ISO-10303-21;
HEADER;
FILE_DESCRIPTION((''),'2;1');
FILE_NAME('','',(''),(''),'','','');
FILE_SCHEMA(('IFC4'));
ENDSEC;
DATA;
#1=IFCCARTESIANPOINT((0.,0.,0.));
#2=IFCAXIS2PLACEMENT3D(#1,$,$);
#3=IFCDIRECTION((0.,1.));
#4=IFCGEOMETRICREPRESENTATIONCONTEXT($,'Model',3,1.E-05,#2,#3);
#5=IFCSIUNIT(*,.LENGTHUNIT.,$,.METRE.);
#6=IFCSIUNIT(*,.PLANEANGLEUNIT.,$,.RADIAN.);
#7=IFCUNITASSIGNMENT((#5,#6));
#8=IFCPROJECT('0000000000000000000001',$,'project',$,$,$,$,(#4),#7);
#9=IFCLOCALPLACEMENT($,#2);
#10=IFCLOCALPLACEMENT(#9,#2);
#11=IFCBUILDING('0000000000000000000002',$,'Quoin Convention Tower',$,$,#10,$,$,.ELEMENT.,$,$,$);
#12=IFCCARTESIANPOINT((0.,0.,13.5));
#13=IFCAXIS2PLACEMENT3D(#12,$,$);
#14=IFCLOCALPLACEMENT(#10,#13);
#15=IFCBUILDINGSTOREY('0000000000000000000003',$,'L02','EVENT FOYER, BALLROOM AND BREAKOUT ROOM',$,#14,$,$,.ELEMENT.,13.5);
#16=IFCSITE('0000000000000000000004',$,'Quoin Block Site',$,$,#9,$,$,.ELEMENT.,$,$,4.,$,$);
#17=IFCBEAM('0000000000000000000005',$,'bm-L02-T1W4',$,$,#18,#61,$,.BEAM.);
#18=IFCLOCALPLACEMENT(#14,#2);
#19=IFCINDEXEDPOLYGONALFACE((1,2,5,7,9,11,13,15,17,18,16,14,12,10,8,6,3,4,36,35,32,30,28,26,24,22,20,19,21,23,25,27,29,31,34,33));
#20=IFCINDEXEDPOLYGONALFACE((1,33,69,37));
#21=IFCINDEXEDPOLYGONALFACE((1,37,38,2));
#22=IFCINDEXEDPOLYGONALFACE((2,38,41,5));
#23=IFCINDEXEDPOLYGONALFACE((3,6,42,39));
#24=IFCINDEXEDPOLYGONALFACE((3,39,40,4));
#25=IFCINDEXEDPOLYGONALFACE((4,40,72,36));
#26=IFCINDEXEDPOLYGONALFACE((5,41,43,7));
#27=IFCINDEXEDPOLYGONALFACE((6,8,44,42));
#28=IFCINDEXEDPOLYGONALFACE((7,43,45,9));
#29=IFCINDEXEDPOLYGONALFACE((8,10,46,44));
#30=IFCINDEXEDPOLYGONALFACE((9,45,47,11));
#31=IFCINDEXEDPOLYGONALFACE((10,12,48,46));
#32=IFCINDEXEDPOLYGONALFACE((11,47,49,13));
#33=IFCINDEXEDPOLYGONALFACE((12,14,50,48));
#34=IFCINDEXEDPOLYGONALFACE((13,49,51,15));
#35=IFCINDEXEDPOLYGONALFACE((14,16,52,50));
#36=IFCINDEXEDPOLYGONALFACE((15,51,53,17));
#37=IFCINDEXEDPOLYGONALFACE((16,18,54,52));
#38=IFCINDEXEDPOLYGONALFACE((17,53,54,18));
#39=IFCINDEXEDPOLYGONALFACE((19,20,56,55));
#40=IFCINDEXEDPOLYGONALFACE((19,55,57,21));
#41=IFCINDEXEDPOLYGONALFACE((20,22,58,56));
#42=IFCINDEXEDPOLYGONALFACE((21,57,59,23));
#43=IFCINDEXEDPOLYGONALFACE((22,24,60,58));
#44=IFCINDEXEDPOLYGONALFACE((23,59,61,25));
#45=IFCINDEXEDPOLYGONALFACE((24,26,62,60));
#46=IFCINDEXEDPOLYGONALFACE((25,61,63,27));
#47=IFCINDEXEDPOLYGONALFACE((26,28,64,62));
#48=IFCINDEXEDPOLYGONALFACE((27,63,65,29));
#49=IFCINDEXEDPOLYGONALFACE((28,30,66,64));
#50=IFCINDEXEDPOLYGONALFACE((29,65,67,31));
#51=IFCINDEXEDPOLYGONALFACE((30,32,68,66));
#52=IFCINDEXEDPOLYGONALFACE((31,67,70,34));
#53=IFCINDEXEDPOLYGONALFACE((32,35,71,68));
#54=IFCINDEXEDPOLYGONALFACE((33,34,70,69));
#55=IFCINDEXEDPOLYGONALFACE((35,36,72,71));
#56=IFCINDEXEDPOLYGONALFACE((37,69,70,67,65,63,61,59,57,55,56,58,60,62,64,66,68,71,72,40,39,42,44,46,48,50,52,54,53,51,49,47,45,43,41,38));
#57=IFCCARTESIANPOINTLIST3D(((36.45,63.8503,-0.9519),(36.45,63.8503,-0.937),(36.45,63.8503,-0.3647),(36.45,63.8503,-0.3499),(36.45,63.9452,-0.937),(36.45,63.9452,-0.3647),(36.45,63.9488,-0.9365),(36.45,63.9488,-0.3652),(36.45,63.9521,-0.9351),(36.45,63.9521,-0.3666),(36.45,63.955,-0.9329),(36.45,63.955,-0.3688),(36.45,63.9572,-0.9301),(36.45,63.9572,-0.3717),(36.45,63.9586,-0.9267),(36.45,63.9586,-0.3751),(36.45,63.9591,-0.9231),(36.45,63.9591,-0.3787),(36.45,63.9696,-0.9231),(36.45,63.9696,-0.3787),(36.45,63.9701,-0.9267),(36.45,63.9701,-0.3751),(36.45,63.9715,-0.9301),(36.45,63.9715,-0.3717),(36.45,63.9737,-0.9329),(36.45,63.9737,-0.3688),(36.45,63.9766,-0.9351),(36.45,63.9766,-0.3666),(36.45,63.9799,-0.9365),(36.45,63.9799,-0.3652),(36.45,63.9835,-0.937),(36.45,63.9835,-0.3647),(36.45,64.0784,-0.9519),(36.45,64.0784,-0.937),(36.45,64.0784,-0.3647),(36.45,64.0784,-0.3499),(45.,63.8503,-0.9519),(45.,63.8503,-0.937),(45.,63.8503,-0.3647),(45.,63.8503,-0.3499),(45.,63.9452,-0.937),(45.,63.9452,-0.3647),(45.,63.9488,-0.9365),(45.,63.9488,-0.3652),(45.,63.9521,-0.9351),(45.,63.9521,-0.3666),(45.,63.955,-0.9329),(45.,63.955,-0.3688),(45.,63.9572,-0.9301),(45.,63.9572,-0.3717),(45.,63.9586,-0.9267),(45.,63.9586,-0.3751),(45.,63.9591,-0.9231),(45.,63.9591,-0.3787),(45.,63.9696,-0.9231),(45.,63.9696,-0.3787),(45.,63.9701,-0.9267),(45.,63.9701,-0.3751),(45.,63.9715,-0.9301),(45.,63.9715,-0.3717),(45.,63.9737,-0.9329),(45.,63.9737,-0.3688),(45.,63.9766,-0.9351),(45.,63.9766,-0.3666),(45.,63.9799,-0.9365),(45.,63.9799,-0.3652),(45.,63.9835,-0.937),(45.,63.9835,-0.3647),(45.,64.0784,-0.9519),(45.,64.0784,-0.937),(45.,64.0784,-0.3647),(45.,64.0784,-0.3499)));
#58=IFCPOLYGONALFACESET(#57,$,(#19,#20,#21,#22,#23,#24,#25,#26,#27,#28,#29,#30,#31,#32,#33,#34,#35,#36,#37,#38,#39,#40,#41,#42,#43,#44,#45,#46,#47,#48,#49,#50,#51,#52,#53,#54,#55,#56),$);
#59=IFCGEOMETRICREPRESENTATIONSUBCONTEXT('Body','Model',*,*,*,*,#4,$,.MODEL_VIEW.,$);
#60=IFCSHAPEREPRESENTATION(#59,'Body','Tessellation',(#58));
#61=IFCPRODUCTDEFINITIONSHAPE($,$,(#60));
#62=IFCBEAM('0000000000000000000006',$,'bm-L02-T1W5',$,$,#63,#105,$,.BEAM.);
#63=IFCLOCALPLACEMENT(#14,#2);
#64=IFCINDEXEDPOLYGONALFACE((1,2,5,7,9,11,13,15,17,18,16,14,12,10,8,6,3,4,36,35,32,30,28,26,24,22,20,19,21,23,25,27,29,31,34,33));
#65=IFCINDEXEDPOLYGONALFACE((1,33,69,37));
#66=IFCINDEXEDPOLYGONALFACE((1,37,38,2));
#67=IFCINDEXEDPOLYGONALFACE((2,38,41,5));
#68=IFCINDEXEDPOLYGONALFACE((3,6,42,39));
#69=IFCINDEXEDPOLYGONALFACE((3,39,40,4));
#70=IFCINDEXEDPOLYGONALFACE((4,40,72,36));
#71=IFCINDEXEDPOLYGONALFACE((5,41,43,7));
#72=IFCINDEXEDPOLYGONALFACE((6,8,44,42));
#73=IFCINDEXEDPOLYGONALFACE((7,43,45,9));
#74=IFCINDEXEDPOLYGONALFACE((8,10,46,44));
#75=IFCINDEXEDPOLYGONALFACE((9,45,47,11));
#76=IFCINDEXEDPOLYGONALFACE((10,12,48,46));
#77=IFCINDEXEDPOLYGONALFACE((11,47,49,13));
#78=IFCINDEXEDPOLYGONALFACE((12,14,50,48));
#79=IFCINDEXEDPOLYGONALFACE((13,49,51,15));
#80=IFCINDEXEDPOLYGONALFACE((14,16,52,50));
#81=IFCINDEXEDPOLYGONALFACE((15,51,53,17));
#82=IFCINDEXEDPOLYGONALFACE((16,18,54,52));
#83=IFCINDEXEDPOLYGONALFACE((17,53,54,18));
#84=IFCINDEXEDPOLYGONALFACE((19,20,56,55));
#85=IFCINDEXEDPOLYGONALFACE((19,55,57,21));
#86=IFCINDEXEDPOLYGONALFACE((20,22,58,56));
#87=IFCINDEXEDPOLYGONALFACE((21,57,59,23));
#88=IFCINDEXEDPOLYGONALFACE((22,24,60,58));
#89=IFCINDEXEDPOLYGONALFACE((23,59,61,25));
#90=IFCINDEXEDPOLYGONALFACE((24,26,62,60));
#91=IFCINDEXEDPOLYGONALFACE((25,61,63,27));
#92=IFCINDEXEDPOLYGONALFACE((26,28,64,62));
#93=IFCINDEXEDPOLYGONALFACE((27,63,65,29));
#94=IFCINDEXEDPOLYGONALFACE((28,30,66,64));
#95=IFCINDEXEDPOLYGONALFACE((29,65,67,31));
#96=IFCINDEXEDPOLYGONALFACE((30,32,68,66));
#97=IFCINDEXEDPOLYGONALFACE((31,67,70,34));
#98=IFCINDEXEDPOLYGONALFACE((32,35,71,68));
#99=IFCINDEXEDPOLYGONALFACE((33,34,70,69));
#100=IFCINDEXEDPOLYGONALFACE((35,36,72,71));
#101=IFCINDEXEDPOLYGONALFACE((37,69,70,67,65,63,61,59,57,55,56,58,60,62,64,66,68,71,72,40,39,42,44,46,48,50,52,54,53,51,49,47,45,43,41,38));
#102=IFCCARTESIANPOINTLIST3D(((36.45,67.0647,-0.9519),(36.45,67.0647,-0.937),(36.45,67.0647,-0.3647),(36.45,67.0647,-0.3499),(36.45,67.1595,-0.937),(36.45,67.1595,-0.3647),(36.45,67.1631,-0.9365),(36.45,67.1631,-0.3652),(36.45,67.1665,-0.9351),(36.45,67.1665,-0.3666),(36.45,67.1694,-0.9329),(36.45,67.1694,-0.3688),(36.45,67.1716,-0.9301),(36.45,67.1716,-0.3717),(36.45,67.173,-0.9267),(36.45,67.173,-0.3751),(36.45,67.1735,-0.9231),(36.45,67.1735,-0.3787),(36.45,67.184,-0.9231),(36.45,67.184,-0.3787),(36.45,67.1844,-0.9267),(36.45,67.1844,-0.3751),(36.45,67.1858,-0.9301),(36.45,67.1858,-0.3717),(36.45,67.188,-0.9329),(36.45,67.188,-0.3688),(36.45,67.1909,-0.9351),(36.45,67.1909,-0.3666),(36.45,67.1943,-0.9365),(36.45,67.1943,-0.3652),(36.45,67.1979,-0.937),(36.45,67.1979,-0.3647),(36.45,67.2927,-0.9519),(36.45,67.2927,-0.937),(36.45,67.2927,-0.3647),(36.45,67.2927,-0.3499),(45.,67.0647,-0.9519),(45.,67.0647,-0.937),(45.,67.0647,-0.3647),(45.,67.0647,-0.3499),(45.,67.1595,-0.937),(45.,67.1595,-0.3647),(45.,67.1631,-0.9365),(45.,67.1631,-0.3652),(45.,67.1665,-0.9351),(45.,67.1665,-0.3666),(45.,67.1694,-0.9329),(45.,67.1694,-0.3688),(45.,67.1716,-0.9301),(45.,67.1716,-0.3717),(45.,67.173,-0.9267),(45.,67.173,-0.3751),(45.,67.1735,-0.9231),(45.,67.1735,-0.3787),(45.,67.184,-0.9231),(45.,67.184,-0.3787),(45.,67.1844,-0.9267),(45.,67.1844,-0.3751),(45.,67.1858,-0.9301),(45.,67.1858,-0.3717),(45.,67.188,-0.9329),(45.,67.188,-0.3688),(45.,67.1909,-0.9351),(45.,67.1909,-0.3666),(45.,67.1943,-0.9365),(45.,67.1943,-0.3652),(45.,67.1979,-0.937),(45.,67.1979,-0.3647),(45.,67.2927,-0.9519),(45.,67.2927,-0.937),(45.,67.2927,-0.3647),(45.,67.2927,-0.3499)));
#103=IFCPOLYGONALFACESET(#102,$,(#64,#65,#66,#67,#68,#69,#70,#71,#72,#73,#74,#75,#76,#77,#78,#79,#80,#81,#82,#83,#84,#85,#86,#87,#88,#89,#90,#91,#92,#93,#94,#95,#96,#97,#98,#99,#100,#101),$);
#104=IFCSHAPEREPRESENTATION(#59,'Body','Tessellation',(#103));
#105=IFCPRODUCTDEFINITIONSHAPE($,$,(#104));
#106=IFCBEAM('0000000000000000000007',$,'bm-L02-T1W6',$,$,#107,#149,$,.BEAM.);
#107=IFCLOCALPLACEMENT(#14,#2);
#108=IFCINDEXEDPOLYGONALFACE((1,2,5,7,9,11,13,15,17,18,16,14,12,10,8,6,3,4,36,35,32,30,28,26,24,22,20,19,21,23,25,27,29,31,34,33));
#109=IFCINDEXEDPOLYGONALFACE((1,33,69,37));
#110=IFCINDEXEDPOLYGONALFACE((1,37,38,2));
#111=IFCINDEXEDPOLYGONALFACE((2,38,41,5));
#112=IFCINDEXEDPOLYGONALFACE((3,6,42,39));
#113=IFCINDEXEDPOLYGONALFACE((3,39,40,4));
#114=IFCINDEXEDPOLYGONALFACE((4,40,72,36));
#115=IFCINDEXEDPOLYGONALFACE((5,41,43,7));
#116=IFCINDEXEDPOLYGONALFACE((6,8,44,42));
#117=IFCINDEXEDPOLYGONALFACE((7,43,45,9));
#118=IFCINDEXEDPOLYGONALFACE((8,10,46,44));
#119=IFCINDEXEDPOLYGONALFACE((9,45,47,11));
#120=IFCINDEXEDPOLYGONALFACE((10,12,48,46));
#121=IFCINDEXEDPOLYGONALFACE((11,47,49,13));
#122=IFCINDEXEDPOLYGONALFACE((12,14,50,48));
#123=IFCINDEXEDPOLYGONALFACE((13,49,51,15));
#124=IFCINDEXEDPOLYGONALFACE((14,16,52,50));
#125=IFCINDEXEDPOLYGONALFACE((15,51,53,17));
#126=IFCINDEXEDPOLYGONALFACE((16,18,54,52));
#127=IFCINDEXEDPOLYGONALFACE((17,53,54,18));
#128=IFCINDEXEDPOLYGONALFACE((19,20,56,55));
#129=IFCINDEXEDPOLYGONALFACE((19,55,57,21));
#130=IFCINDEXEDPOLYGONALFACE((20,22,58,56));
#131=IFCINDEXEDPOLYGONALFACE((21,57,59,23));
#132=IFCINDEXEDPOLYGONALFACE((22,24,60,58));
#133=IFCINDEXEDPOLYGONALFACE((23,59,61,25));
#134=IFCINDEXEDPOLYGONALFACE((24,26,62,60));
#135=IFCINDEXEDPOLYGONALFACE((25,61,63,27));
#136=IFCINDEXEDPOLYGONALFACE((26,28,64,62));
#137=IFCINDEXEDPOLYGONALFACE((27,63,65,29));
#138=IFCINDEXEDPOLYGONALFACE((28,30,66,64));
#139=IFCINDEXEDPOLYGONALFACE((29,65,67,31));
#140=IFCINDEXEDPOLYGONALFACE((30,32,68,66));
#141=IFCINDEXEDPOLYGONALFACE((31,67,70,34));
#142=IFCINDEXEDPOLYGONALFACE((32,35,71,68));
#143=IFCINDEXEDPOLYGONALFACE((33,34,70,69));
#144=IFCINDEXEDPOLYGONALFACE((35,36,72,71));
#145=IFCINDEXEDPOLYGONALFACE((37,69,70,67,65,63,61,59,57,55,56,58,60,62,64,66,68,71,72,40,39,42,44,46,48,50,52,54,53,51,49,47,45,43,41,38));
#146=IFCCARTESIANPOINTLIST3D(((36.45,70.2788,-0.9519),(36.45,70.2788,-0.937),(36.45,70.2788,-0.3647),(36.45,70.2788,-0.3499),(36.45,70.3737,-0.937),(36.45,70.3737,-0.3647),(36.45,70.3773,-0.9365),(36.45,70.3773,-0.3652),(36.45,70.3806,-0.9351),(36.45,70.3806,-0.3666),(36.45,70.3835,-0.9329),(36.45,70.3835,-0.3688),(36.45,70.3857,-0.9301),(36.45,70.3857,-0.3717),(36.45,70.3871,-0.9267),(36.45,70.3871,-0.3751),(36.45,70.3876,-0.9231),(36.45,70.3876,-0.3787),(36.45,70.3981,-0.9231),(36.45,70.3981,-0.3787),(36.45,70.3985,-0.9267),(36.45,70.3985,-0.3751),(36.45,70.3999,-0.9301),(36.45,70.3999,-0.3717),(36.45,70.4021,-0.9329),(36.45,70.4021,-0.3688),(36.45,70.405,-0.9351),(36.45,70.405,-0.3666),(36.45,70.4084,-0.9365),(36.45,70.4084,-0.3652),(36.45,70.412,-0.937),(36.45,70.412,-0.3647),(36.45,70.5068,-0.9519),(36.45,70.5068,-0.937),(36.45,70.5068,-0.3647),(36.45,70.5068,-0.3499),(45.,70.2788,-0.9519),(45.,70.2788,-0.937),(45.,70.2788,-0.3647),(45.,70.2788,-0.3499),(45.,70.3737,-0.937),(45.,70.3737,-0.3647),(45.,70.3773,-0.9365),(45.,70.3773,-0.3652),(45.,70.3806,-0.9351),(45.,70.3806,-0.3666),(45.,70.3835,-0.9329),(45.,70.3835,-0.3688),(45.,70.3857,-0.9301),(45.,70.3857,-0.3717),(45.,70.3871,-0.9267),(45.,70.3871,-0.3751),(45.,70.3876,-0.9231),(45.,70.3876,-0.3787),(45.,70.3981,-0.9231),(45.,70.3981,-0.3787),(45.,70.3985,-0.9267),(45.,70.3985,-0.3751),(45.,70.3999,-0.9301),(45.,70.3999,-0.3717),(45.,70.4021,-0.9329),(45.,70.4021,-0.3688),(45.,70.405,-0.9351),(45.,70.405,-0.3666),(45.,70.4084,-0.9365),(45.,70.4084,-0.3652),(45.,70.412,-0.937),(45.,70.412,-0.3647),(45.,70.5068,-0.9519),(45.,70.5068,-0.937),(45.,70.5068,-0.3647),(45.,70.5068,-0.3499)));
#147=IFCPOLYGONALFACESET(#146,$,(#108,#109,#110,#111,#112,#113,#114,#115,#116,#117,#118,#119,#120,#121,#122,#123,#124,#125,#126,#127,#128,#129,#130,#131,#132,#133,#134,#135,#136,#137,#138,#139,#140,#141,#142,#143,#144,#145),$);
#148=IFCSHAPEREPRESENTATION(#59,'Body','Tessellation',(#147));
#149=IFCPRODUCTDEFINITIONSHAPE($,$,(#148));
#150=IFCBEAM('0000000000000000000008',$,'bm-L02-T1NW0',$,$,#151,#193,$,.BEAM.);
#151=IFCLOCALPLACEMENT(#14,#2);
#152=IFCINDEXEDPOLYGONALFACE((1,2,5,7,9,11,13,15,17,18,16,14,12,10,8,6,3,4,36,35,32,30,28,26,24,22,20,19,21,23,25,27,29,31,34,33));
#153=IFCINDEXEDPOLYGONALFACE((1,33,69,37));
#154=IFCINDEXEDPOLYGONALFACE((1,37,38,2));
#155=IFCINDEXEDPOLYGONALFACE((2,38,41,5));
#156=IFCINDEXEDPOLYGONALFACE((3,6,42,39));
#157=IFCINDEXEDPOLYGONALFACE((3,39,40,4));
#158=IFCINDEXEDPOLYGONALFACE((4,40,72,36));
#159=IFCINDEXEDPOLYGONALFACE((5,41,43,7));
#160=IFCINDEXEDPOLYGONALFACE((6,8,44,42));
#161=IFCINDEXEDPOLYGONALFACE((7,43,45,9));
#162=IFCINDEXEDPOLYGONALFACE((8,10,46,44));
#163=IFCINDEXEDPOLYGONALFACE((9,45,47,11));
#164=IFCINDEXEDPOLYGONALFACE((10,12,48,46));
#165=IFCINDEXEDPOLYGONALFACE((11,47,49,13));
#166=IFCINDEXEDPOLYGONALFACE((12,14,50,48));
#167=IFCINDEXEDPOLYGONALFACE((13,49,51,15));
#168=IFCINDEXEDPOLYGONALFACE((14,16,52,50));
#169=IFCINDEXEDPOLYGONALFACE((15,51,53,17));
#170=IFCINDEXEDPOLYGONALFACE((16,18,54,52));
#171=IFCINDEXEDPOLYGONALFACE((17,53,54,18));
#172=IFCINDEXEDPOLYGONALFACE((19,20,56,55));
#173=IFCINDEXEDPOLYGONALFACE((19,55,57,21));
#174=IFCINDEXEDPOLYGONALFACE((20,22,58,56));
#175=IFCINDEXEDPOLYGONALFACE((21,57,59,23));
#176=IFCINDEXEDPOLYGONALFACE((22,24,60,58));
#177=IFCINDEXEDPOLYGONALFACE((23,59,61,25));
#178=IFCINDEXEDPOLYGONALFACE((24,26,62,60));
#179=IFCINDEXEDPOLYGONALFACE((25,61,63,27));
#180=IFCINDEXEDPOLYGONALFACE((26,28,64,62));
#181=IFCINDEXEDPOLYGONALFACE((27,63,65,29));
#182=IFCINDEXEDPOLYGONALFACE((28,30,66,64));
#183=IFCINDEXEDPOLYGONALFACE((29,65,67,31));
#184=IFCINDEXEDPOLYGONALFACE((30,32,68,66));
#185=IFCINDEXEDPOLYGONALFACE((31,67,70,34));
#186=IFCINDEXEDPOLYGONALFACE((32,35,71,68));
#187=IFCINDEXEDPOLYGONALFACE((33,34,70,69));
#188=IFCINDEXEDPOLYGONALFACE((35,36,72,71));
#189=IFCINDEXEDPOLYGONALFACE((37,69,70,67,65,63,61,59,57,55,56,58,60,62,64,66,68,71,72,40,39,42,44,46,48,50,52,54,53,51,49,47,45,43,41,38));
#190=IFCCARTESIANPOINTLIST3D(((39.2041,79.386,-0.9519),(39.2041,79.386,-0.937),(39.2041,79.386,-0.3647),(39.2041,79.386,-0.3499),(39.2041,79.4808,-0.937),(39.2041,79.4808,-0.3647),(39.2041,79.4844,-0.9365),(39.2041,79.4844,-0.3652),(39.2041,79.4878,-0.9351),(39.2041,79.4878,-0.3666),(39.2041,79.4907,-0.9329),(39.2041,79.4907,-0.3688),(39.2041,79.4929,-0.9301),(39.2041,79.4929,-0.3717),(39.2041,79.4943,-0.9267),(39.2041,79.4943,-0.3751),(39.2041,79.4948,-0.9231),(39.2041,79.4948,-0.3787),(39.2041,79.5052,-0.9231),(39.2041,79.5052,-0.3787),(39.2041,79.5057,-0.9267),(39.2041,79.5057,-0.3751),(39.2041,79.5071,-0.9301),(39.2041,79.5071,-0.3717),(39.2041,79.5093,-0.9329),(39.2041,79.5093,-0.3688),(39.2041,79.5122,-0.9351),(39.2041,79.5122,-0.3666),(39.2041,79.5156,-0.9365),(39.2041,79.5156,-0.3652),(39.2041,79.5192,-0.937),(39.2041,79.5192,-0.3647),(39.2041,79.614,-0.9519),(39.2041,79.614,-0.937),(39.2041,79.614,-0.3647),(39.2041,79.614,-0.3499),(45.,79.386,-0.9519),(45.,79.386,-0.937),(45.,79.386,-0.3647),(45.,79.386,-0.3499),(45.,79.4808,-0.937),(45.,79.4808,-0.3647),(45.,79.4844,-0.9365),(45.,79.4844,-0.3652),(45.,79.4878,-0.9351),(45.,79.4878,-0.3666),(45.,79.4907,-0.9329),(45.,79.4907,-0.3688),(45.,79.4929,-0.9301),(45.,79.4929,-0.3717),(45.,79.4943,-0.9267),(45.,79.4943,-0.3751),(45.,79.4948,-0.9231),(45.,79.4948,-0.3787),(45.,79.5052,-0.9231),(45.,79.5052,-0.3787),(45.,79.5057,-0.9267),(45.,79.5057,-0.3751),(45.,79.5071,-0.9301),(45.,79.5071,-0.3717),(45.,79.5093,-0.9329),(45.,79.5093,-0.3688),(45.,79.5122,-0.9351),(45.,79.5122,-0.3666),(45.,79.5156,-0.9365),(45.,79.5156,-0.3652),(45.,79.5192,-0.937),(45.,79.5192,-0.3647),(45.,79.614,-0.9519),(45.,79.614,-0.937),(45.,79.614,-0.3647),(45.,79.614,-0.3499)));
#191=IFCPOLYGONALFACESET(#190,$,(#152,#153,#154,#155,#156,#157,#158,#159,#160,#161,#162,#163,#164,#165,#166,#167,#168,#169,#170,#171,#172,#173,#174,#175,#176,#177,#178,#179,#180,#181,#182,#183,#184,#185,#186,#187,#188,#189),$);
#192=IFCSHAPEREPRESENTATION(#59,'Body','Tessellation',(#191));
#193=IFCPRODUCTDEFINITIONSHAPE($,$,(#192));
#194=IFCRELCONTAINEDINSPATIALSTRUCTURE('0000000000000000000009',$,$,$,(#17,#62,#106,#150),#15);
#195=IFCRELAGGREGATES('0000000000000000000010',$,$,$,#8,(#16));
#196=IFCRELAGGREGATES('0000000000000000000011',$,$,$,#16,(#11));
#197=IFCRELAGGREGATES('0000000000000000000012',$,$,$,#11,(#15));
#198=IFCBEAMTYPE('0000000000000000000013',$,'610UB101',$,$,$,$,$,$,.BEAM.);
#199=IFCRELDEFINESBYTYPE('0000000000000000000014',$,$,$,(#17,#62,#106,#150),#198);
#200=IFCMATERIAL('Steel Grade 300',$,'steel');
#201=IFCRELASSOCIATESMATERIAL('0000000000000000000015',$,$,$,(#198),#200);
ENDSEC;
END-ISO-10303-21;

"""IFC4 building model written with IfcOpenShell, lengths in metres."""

from ifc_helpers import new_model, si_unit, direction, frame, origin, origin_2d, place, context, subcontext, project, spatial, i_section, extrude, material, material_profile, profile_set, type_object, element, save


model = new_model("IFC4")

# Units and contexts
model_context = context("Model", 3, precision=1e-05, world=origin(), true_north=direction((0.0, 1.0)))
body_context = subcontext(model_context, "Body", "Model", "MODEL_VIEW")
ifc_project = project(units=[si_unit("LENGTHUNIT", "METRE"), si_unit("PLANEANGLEUNIT", "RADIAN")], contexts=[model_context])

# Site, building, storey
site_placement = place(None, origin())
site = spatial("IfcSite", under=ifc_project, at=site_placement, Name="Quoin Block Site", CompositionType="ELEMENT", RefElevation=4.0)
building_placement = place(site_placement, origin())
building = spatial("IfcBuilding", under=site, at=building_placement, Name="Quoin Convention Tower", CompositionType="ELEMENT")
storey_placement = place(building_placement, frame((0.0, 0.0, 13.5)))
storey = spatial("IfcBuildingStorey", under=building, at=storey_placement, Name="L02", Description="EVENT FOYER, BALLROOM AND BREAKOUT ROOM", CompositionType="ELEMENT", Elevation=13.5)

# Beams
ifc_material_1 = material(Name="Steel Grade 300", Category="steel")
ifc_material_profile_1 = material_profile(ifc_material_1, i_section(OverallWidth=0.228, OverallDepth=0.6021, WebThickness=0.0105, FlangeThickness=0.0149, FilletRadius=0.0139, at=origin_2d()), Name="610UB101")
ifc_profile_set_1 = profile_set([ifc_material_profile_1], Name="Steel Grade 300")
beam_type_1 = type_object("IfcBeamType", Name="610UB101", PredefinedType="BEAM", material=ifc_profile_set_1)
for number, where, z_axis, x_axis, name in (
    (1, (36.45, 63.9644, -0.6509), (1.0, 0.0, 0.0), (0.0, 1.0, 0.0), "bm-L02-T1W4"),
    (2, (36.45, 67.1787, -0.6509), (1.0, 0.0, 0.0), (0.0, 1.0, 0.0), "bm-L02-T1W5"),
    (3, (36.45, 70.3928, -0.6509), (1.0, 0.0, 0.0), (0.0, 1.0, 0.0), "bm-L02-T1W6"),
):
    element("IfcBeam", number, at=place(storey_placement, frame(where, z_axis=z_axis, x_axis=x_axis)), inside=storey, type_object=beam_type_1, Name=name, PredefinedType="BEAM", context=body_context, shape_type="SweptSolid", body=[
        extrude(i_section(OverallWidth=0.228, OverallDepth=0.6021, WebThickness=0.0105, FlangeThickness=0.0149, FilletRadius=0.0139, at=origin_2d()), origin(), (0.0, 0.0, 1.0), 8.55),
    ])
beam_1_placement = place(storey_placement, frame((39.2041, 79.5, -0.6509), z_axis=(1.0, 0.0, 0.0), x_axis=(0.0, 1.0, 0.0)))
element("IfcBeam", 4, at=beam_1_placement, inside=storey, type_object=beam_type_1, Name="bm-L02-T1NW0", PredefinedType="BEAM", context=body_context, shape_type="SweptSolid", body=[
    extrude(i_section(OverallWidth=0.228, OverallDepth=0.6021, WebThickness=0.0105, FlangeThickness=0.0149, FilletRadius=0.0139, at=origin_2d()), origin(), (0.0, 0.0, 1.0), 5.7959),
])

save(model, "model.ifc")
